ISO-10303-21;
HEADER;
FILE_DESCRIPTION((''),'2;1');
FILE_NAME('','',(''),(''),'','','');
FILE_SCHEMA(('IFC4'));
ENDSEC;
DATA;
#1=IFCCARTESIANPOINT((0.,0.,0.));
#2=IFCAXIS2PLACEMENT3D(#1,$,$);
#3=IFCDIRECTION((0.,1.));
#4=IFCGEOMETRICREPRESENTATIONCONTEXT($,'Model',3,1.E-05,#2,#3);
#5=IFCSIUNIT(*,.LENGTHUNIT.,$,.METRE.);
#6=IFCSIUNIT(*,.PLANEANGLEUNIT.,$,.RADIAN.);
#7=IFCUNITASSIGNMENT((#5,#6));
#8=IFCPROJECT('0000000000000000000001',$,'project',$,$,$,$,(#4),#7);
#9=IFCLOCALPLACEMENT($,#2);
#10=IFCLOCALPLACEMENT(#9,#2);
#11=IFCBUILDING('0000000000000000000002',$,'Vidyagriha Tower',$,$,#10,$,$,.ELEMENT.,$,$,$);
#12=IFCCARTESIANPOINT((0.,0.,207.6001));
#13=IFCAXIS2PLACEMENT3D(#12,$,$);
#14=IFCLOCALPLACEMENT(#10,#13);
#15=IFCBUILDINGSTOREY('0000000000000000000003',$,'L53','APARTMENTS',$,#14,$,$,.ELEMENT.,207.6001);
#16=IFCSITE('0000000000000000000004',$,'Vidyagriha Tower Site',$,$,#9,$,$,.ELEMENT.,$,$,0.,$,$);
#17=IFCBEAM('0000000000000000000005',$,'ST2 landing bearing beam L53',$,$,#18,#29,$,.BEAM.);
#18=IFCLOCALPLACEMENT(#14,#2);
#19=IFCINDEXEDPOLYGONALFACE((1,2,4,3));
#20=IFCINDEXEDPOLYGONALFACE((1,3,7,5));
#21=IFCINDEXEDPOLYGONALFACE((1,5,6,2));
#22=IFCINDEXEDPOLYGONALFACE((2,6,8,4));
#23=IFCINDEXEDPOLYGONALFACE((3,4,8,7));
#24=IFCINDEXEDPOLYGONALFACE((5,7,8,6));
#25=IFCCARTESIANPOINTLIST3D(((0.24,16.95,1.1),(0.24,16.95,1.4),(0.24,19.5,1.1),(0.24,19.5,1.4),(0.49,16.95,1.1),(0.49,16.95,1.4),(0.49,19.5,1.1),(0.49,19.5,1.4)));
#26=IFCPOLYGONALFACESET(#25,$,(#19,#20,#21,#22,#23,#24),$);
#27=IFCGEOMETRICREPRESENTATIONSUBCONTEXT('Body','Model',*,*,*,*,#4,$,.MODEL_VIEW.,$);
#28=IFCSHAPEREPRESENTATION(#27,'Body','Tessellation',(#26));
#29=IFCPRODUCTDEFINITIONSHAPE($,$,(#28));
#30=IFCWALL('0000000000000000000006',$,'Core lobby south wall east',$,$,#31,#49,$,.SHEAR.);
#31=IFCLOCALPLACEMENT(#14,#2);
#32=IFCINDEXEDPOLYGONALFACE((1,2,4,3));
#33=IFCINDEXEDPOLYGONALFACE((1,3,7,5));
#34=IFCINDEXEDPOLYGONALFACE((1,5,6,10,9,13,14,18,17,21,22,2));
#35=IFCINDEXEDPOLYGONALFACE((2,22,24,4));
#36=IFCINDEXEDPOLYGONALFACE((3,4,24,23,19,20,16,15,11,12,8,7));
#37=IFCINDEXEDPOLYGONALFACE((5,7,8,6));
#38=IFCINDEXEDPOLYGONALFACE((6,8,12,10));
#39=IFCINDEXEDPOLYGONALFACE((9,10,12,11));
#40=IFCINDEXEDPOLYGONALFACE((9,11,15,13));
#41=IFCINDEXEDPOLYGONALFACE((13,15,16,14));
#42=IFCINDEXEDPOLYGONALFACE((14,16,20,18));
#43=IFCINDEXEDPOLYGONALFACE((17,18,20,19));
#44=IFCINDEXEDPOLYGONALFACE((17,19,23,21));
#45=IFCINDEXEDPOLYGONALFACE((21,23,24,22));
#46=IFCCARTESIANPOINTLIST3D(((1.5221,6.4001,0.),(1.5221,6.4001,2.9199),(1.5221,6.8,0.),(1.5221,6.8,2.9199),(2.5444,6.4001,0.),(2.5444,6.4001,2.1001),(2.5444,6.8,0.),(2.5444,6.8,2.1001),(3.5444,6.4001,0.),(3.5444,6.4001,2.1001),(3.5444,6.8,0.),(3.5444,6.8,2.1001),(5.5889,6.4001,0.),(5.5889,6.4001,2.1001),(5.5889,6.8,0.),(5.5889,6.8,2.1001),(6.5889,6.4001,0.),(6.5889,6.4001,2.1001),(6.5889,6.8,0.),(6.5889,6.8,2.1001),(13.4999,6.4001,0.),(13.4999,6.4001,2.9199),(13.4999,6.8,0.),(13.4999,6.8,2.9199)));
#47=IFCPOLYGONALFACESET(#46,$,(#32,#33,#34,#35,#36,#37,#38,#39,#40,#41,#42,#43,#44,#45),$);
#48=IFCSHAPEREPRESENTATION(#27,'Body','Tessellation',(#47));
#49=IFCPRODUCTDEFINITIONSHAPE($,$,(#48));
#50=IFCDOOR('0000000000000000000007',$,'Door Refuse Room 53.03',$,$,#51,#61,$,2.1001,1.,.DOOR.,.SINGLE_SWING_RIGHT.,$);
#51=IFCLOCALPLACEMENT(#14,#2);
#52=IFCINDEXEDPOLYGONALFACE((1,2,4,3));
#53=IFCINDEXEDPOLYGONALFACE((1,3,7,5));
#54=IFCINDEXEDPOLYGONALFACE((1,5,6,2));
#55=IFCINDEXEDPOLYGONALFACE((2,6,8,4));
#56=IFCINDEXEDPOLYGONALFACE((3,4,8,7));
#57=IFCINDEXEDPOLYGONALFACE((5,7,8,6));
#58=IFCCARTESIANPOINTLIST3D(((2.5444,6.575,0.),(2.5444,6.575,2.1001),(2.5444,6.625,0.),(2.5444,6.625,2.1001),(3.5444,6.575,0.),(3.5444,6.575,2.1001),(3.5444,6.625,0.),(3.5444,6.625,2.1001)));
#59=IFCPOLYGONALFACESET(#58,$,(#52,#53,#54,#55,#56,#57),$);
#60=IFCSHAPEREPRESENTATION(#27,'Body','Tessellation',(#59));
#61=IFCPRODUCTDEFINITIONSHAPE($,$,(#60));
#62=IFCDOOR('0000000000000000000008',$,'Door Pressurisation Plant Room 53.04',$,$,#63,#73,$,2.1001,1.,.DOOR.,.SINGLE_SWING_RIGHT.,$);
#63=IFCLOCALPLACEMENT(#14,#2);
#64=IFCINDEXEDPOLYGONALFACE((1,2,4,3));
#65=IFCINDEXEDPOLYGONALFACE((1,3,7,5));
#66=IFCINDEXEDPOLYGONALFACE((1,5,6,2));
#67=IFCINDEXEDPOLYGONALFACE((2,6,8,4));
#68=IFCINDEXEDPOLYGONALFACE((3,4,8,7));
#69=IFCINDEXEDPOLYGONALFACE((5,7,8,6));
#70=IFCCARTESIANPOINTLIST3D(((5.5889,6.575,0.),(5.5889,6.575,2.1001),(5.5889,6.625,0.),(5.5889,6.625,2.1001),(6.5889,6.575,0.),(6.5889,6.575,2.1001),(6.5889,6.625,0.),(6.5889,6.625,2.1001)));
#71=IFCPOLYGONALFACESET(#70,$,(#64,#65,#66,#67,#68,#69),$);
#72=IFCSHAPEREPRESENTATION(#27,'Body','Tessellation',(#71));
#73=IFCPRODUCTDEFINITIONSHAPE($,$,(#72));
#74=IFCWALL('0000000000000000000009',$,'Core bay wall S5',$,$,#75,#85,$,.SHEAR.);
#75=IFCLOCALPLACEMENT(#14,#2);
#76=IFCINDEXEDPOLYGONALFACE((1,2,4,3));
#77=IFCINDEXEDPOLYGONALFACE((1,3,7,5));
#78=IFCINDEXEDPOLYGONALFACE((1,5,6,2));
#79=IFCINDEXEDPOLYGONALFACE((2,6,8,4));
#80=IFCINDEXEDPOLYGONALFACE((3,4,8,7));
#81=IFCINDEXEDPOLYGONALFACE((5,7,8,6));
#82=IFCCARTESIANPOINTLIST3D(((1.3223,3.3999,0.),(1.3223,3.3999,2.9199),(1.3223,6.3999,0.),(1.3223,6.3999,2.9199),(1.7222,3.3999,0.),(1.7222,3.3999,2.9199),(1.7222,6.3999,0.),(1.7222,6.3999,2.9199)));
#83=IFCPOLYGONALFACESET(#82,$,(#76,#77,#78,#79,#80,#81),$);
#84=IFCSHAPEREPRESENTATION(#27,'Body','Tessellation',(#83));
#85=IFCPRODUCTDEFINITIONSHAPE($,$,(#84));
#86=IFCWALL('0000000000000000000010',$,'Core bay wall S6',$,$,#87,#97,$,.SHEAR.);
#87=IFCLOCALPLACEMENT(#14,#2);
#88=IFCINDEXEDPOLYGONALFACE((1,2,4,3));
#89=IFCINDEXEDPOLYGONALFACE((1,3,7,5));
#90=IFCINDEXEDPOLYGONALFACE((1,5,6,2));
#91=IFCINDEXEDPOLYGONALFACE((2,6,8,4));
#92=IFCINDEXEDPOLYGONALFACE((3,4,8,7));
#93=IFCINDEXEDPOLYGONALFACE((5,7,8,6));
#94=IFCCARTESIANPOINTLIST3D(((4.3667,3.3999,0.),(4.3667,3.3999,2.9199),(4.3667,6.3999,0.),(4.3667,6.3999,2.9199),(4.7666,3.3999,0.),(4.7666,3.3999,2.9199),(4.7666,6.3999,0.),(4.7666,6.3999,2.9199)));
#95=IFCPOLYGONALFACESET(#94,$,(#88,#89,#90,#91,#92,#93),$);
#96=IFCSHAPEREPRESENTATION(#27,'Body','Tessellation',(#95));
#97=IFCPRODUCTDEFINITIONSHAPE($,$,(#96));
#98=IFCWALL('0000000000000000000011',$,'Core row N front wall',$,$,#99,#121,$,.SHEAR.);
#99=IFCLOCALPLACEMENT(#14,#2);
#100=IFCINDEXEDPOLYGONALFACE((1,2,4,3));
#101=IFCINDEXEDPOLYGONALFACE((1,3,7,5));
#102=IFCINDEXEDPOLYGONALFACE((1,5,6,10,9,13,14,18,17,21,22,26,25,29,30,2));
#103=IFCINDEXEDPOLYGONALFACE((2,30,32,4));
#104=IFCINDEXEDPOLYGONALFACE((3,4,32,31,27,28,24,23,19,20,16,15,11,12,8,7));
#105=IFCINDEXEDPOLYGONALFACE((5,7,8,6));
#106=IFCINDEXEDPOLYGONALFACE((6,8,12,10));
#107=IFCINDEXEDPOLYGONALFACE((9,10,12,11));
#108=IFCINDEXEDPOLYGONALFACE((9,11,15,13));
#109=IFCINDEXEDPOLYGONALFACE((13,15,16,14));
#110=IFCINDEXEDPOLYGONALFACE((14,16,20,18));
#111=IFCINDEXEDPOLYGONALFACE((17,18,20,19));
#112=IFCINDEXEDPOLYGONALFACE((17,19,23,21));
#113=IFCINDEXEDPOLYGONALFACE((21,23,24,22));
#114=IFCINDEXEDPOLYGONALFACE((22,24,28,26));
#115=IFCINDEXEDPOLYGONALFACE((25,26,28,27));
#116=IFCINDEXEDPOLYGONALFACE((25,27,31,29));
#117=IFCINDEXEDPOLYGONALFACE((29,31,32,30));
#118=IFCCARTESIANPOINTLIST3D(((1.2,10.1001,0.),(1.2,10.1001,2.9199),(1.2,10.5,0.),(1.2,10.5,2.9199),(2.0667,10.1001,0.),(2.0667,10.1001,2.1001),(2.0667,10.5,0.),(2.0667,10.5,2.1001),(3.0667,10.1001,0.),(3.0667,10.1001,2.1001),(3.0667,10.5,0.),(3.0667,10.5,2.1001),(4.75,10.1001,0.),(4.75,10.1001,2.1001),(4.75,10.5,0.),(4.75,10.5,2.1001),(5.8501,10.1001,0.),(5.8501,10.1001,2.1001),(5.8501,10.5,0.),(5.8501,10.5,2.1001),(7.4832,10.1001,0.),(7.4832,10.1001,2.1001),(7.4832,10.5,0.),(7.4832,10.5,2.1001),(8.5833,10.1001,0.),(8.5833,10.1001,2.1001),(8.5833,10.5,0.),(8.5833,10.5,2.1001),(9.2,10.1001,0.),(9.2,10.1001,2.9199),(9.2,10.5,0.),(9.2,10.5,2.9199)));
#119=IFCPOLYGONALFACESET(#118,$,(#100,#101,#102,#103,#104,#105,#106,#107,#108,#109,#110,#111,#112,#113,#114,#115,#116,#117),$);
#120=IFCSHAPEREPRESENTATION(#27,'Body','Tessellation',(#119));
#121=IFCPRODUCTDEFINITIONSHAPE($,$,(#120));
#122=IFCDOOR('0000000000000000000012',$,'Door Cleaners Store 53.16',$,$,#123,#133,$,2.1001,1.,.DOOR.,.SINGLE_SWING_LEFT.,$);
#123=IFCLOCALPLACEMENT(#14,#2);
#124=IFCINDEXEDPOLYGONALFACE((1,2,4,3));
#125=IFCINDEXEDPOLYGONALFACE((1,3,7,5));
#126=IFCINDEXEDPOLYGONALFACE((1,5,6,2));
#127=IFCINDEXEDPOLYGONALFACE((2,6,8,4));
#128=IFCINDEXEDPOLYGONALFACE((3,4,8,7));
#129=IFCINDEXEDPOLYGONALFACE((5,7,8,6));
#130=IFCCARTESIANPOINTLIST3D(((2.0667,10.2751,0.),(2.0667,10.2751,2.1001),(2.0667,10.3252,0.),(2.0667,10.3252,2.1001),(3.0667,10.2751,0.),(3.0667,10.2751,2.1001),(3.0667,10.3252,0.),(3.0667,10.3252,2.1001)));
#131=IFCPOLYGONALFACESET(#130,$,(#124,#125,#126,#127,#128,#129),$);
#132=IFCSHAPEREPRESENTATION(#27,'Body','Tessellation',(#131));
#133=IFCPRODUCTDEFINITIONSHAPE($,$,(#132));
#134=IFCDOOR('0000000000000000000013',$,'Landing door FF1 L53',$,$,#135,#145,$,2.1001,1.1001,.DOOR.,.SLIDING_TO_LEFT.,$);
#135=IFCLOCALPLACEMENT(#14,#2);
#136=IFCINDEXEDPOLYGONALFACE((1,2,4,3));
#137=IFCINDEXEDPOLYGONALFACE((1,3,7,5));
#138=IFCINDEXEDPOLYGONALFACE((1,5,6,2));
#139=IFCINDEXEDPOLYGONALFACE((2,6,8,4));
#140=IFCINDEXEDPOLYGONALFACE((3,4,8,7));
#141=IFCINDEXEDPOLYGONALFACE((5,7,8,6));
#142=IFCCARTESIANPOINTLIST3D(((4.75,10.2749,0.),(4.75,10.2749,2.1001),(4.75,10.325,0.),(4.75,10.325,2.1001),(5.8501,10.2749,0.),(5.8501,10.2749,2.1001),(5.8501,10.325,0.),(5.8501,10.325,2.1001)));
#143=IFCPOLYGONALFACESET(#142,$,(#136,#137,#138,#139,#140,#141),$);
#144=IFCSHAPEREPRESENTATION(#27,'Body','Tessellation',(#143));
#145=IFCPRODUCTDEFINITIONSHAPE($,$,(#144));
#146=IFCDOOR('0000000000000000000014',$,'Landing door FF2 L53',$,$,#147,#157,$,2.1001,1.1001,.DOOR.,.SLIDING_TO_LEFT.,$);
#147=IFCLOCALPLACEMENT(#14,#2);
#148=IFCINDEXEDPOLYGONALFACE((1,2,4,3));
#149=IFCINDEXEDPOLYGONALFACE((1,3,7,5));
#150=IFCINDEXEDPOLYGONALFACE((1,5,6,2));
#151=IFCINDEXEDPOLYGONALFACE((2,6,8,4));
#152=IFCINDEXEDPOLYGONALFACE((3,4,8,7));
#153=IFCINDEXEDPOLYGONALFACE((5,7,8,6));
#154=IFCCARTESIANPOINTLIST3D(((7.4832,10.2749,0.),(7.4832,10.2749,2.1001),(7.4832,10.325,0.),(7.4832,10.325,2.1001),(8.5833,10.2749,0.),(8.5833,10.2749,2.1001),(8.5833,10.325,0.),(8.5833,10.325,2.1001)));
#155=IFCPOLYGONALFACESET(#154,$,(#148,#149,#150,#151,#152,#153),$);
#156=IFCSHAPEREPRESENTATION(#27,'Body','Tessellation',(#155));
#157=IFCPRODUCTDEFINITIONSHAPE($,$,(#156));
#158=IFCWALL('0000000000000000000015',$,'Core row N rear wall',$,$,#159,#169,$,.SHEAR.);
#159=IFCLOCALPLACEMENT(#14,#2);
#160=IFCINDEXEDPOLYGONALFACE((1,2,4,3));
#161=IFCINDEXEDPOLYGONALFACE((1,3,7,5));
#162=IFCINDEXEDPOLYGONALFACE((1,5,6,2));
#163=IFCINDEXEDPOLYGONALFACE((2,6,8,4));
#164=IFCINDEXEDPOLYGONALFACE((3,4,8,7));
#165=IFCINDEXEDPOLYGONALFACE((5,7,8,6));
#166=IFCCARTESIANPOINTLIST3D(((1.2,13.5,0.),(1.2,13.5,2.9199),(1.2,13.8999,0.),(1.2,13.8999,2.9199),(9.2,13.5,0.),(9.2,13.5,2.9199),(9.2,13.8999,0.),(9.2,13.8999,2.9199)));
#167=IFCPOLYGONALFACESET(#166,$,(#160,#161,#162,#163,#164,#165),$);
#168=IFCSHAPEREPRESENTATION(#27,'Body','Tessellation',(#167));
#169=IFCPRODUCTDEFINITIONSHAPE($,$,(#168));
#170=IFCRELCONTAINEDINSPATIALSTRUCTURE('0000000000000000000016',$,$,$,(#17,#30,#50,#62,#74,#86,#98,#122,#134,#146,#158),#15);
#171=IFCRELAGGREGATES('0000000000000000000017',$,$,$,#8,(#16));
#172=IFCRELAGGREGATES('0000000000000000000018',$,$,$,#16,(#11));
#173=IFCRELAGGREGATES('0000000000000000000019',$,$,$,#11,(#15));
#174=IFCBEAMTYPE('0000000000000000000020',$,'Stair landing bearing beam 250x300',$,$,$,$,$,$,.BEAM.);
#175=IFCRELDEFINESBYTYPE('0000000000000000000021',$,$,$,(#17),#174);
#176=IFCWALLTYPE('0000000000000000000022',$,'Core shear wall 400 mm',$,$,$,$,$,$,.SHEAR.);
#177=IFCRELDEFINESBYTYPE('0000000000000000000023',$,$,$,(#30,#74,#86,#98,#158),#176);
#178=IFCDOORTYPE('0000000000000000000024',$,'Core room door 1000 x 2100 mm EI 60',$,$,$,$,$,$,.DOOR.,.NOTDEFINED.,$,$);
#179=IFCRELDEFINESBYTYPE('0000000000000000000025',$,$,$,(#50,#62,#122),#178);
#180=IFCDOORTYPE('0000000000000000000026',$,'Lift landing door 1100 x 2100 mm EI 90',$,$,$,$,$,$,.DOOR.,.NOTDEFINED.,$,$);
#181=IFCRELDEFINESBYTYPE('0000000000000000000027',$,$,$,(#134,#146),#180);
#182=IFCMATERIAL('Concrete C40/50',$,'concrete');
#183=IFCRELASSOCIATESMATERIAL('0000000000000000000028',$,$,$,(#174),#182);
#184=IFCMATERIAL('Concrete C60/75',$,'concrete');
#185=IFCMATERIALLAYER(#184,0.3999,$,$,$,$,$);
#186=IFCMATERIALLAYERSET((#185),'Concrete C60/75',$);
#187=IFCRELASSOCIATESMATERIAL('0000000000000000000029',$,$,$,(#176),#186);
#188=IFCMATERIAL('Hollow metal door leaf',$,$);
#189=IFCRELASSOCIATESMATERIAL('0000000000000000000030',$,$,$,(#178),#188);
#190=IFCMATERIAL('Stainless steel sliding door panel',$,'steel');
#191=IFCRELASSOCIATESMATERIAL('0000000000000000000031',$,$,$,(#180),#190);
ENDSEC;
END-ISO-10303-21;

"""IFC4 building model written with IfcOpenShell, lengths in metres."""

from ifc_helpers import new_model, si_unit, direction, frame, frame_2d, origin, origin_2d, place, context, subcontext, project, spatial, rectangle, extrude, material, layer, layer_set, material_profile, profile_set, type_object, element, fill, save


model = new_model("IFC4")

# Units and contexts
model_context = context("Model", 3, precision=1e-05, world=origin(), true_north=direction((0.0, 1.0)))
body_context = subcontext(model_context, "Body", "Model", "MODEL_VIEW")
ifc_project = project(units=[si_unit("LENGTHUNIT", "METRE"), si_unit("PLANEANGLEUNIT", "RADIAN")], contexts=[model_context])

# Site, building, storey
site_placement = place(None, origin())
site = spatial("IfcSite", under=ifc_project, at=site_placement, Name="Vidyagriha Tower Site", CompositionType="ELEMENT", RefElevation=0.0)
building_placement = place(site_placement, origin())
building = spatial("IfcBuilding", under=site, at=building_placement, Name="Vidyagriha Tower", CompositionType="ELEMENT")
storey_placement = place(building_placement, frame((0.0, 0.0, 207.6001)))
storey = spatial("IfcBuildingStorey", under=building, at=storey_placement, Name="L53", Description="APARTMENTS", CompositionType="ELEMENT", Elevation=207.6001)

# Beam
ifc_material_1 = material(Name="Concrete C40/50", Category="concrete")
ifc_material_profile = material_profile(ifc_material_1, rectangle(XDim=0.25, YDim=0.3, at=origin_2d()), Name="Stair landing bearing beam 250x300")
ifc_profile_set = profile_set([ifc_material_profile], Name="Concrete C40/50")
beam_type = type_object("IfcBeamType", Name="Stair landing bearing beam 250x300", PredefinedType="BEAM", material=ifc_profile_set)
beam_placement = place(storey_placement, frame((0.365, 16.95, 1.25), z_axis=(0.0, 1.0, 0.0), x_axis=(-1.0, 0.0, 0.0)))
element("IfcBeam", 1, at=beam_placement, inside=storey, type_object=beam_type, Name="ST2 landing bearing beam L53", PredefinedType="BEAM", context=body_context, shape_type="SweptSolid", body=[
    extrude(rectangle(XDim=0.25, YDim=0.3, at=origin_2d()), origin(), (0.0, 0.0, 1.0), 2.55),
])

# Wall, openings, doors
ifc_material_2 = material(Name="Concrete C60/75", Category="concrete")
ifc_layer_1 = layer(ifc_material_2, 0.3999)
ifc_layer_set_1 = layer_set([ifc_layer_1], Name="Concrete C60/75")
wall_type_1 = type_object("IfcWallType", Name="Core shear wall 400 mm", PredefinedType="SHEAR", material=ifc_layer_set_1)
wall_1_placement = place(storey_placement, frame((1.5222, 6.6001, 0.0)))
wall_1 = element("IfcWall", 2, at=wall_1_placement, inside=storey, type_object=wall_type_1, Name="Core lobby south wall east", PredefinedType="SHEAR", context=body_context, shape_type="SweptSolid", body=[
    extrude(rectangle(XDim=11.9778, YDim=0.3999, at=frame_2d((5.9888, 0.0))), origin(), (0.0, 0.0, 1.0), 2.9199),
])
opening_1_placement = place(wall_1_placement, frame((1.0222, 0.0, 0.0)))
opening_1 = element("IfcOpeningElement", 3, at=opening_1_placement, cuts=wall_1, PredefinedType="OPENING", context=body_context, shape_type="SweptSolid", body=[
    extrude(rectangle(XDim=1.0, YDim=2.1001, at=frame_2d((0.5, 1.05))), frame((0.0, 0.21, 0.0), z_axis=(0.0, -1.0, 0.0), x_axis=(1.0, 0.0, 0.0)), (0.0, 0.0, 1.0), 0.4199),
])
opening_2_placement = place(wall_1_placement, frame((4.0667, 0.0, 0.0)))
opening_2 = element("IfcOpeningElement", 4, at=opening_2_placement, cuts=wall_1, PredefinedType="OPENING", context=body_context, shape_type="SweptSolid", body=[
    extrude(rectangle(XDim=1.0, YDim=2.1001, at=frame_2d((0.5, 1.05))), frame((0.0, 0.21, 0.0), z_axis=(0.0, -1.0, 0.0), x_axis=(1.0, 0.0, 0.0)), (0.0, 0.0, 1.0), 0.4199),
])
ifc_material_3 = material(Name="Hollow metal door leaf")
door_type_1 = type_object("IfcDoorType", Name="Core room door 1000 x 2100 mm EI 60", OperationType="NOTDEFINED", PredefinedType="DOOR", material=ifc_material_3)
door_1_placement = place(opening_1_placement, origin())
door_1 = element("IfcDoor", 5, at=door_1_placement, inside=storey, type_object=door_type_1, Name="Door Refuse Room 53.03", OperationType="SINGLE_SWING_RIGHT", OverallHeight=2.1001, OverallWidth=1.0, PredefinedType="DOOR", context=body_context, shape_type="SweptSolid", body=[
    extrude(rectangle(XDim=1.0, YDim=2.1001, at=frame_2d((0.5, 1.05))), frame((0.0, 0.0249, 0.0), z_axis=(0.0, -1.0, 0.0), x_axis=(1.0, 0.0, 0.0)), (0.0, 0.0, 1.0), 0.05),
])
fill(opening_1, door_1)
door_2_placement = place(opening_2_placement, origin())
door_2 = element("IfcDoor", 6, at=door_2_placement, inside=storey, type_object=door_type_1, Name="Door Pressurisation Plant Room 53.04", OperationType="SINGLE_SWING_RIGHT", OverallHeight=2.1001, OverallWidth=1.0, PredefinedType="DOOR", context=body_context, shape_type="SweptSolid", body=[
    extrude(rectangle(XDim=1.0, YDim=2.1001, at=frame_2d((0.5, 1.05))), frame((0.0, 0.0249, 0.0), z_axis=(0.0, -1.0, 0.0), x_axis=(1.0, 0.0, 0.0)), (0.0, 0.0, 1.0), 0.05),
])
fill(opening_2, door_2)

# Walls
for number, where, z_axis, x_axis, name in (
    (7, (1.5222, 3.3999, 0.0), (0.0, 0.0, 1.0), (0.0, 1.0, 0.0), "Core bay wall S5"),
    (8, (4.5667, 3.3999, 0.0), (0.0, 0.0, 1.0), (0.0, 1.0, 0.0), "Core bay wall S6"),
):
    element("IfcWall", number, at=place(storey_placement, frame(where, z_axis=z_axis, x_axis=x_axis)), inside=storey, type_object=wall_type_1, Name=name, PredefinedType="SHEAR", context=body_context, shape_type="SweptSolid", body=[
        extrude(rectangle(XDim=3.0, YDim=0.3999, at=frame_2d((1.5, 0.0))), origin(), (0.0, 0.0, 1.0), 2.9199),
    ])

# Wall, openings, doors
wall_2_placement = place(storey_placement, frame((1.2, 10.3, 0.0)))
wall_2 = element("IfcWall", 9, at=wall_2_placement, inside=storey, type_object=wall_type_1, Name="Core row N front wall", PredefinedType="SHEAR", context=body_context, shape_type="SweptSolid", body=[
    extrude(rectangle(XDim=8.0, YDim=0.3999, at=frame_2d((4.0, 0.0))), origin(), (0.0, 0.0, 1.0), 2.9199),
])
opening_3_placement = place(wall_2_placement, frame((3.55, 0.0, 0.0)))
opening_3 = element("IfcOpeningElement", 10, at=opening_3_placement, cuts=wall_2, PredefinedType="OPENING", context=body_context, shape_type="SweptSolid", body=[
    extrude(rectangle(XDim=1.1001, YDim=2.1001, at=frame_2d((0.55, 1.05))), frame((0.0, 0.21, 0.0), z_axis=(0.0, -1.0, 0.0), x_axis=(1.0, 0.0, 0.0)), (0.0, 0.0, 1.0), 0.4199),
])
opening_4_placement = place(wall_2_placement, frame((6.2832, 0.0, 0.0)))
opening_4 = element("IfcOpeningElement", 11, at=opening_4_placement, cuts=wall_2, PredefinedType="OPENING", context=body_context, shape_type="SweptSolid", body=[
    extrude(rectangle(XDim=1.1001, YDim=2.1001, at=frame_2d((0.55, 1.05))), frame((0.0, 0.21, 0.0), z_axis=(0.0, -1.0, 0.0), x_axis=(1.0, 0.0, 0.0)), (0.0, 0.0, 1.0), 0.4199),
])
opening_5_placement = place(wall_2_placement, frame((0.8667, 0.0, 0.0)))
opening_5 = element("IfcOpeningElement", 12, at=opening_5_placement, cuts=wall_2, PredefinedType="OPENING", context=body_context, shape_type="SweptSolid", body=[
    extrude(rectangle(XDim=1.0, YDim=2.1001, at=frame_2d((0.5, 1.05))), frame((0.0, 0.21, 0.0), z_axis=(0.0, -1.0, 0.0), x_axis=(1.0, 0.0, 0.0)), (0.0, 0.0, 1.0), 0.4199),
])
door_3_placement = place(opening_5_placement, frame((1.0, 0.0, 0.0), z_axis=(0.0, 0.0, 1.0), x_axis=(-1.0, 0.0, 0.0)))
door_3 = element("IfcDoor", 13, at=door_3_placement, inside=storey, type_object=door_type_1, Name="Door Cleaners Store 53.16", OperationType="SINGLE_SWING_LEFT", OverallHeight=2.1001, OverallWidth=1.0, PredefinedType="DOOR", context=body_context, shape_type="SweptSolid", body=[
    extrude(rectangle(XDim=1.0, YDim=2.1001, at=frame_2d((0.5, 1.05))), frame((0.0, 0.0249, 0.0), z_axis=(0.0, -1.0, 0.0), x_axis=(1.0, 0.0, 0.0)), (0.0, 0.0, 1.0), 0.05),
])
fill(opening_5, door_3)
ifc_material_4 = material(Name="Stainless steel sliding door panel", Category="steel")
door_type_2 = type_object("IfcDoorType", Name="Lift landing door 1100 x 2100 mm EI 90", OperationType="NOTDEFINED", PredefinedType="DOOR", material=ifc_material_4)
door_4_placement = place(opening_3_placement, origin())
door_4 = element("IfcDoor", 14, at=door_4_placement, inside=storey, type_object=door_type_2, Name="Landing door FF1 L53", OperationType="SLIDING_TO_LEFT", OverallHeight=2.1001, OverallWidth=1.1001, PredefinedType="DOOR", context=body_context, shape_type="SweptSolid", body=[
    extrude(rectangle(XDim=1.1001, YDim=2.1001, at=frame_2d((0.55, 1.05))), frame((0.0, 0.0249, 0.0), z_axis=(0.0, -1.0, 0.0), x_axis=(1.0, 0.0, 0.0)), (0.0, 0.0, 1.0), 0.05),
])
fill(opening_3, door_4)
door_5_placement = place(opening_4_placement, origin())
door_5 = element("IfcDoor", 15, at=door_5_placement, inside=storey, type_object=door_type_2, Name="Landing door FF2 L53", OperationType="SLIDING_TO_LEFT", OverallHeight=2.1001, OverallWidth=1.1001, PredefinedType="DOOR", context=body_context, shape_type="SweptSolid", body=[
    extrude(rectangle(XDim=1.1001, YDim=2.1001, at=frame_2d((0.55, 1.05))), frame((0.0, 0.0249, 0.0), z_axis=(0.0, -1.0, 0.0), x_axis=(1.0, 0.0, 0.0)), (0.0, 0.0, 1.0), 0.05),
])
fill(opening_4, door_5)

# Wall
wall_3_placement = place(storey_placement, frame((1.2, 13.7, 0.0)))
element("IfcWall", 16, at=wall_3_placement, inside=storey, type_object=wall_type_1, Name="Core row N rear wall", PredefinedType="SHEAR", context=body_context, shape_type="SweptSolid", body=[
    extrude(rectangle(XDim=8.0, YDim=0.3999, at=frame_2d((4.0, 0.0))), origin(), (0.0, 0.0, 1.0), 2.9199),
])

save(model, "model.ifc")
